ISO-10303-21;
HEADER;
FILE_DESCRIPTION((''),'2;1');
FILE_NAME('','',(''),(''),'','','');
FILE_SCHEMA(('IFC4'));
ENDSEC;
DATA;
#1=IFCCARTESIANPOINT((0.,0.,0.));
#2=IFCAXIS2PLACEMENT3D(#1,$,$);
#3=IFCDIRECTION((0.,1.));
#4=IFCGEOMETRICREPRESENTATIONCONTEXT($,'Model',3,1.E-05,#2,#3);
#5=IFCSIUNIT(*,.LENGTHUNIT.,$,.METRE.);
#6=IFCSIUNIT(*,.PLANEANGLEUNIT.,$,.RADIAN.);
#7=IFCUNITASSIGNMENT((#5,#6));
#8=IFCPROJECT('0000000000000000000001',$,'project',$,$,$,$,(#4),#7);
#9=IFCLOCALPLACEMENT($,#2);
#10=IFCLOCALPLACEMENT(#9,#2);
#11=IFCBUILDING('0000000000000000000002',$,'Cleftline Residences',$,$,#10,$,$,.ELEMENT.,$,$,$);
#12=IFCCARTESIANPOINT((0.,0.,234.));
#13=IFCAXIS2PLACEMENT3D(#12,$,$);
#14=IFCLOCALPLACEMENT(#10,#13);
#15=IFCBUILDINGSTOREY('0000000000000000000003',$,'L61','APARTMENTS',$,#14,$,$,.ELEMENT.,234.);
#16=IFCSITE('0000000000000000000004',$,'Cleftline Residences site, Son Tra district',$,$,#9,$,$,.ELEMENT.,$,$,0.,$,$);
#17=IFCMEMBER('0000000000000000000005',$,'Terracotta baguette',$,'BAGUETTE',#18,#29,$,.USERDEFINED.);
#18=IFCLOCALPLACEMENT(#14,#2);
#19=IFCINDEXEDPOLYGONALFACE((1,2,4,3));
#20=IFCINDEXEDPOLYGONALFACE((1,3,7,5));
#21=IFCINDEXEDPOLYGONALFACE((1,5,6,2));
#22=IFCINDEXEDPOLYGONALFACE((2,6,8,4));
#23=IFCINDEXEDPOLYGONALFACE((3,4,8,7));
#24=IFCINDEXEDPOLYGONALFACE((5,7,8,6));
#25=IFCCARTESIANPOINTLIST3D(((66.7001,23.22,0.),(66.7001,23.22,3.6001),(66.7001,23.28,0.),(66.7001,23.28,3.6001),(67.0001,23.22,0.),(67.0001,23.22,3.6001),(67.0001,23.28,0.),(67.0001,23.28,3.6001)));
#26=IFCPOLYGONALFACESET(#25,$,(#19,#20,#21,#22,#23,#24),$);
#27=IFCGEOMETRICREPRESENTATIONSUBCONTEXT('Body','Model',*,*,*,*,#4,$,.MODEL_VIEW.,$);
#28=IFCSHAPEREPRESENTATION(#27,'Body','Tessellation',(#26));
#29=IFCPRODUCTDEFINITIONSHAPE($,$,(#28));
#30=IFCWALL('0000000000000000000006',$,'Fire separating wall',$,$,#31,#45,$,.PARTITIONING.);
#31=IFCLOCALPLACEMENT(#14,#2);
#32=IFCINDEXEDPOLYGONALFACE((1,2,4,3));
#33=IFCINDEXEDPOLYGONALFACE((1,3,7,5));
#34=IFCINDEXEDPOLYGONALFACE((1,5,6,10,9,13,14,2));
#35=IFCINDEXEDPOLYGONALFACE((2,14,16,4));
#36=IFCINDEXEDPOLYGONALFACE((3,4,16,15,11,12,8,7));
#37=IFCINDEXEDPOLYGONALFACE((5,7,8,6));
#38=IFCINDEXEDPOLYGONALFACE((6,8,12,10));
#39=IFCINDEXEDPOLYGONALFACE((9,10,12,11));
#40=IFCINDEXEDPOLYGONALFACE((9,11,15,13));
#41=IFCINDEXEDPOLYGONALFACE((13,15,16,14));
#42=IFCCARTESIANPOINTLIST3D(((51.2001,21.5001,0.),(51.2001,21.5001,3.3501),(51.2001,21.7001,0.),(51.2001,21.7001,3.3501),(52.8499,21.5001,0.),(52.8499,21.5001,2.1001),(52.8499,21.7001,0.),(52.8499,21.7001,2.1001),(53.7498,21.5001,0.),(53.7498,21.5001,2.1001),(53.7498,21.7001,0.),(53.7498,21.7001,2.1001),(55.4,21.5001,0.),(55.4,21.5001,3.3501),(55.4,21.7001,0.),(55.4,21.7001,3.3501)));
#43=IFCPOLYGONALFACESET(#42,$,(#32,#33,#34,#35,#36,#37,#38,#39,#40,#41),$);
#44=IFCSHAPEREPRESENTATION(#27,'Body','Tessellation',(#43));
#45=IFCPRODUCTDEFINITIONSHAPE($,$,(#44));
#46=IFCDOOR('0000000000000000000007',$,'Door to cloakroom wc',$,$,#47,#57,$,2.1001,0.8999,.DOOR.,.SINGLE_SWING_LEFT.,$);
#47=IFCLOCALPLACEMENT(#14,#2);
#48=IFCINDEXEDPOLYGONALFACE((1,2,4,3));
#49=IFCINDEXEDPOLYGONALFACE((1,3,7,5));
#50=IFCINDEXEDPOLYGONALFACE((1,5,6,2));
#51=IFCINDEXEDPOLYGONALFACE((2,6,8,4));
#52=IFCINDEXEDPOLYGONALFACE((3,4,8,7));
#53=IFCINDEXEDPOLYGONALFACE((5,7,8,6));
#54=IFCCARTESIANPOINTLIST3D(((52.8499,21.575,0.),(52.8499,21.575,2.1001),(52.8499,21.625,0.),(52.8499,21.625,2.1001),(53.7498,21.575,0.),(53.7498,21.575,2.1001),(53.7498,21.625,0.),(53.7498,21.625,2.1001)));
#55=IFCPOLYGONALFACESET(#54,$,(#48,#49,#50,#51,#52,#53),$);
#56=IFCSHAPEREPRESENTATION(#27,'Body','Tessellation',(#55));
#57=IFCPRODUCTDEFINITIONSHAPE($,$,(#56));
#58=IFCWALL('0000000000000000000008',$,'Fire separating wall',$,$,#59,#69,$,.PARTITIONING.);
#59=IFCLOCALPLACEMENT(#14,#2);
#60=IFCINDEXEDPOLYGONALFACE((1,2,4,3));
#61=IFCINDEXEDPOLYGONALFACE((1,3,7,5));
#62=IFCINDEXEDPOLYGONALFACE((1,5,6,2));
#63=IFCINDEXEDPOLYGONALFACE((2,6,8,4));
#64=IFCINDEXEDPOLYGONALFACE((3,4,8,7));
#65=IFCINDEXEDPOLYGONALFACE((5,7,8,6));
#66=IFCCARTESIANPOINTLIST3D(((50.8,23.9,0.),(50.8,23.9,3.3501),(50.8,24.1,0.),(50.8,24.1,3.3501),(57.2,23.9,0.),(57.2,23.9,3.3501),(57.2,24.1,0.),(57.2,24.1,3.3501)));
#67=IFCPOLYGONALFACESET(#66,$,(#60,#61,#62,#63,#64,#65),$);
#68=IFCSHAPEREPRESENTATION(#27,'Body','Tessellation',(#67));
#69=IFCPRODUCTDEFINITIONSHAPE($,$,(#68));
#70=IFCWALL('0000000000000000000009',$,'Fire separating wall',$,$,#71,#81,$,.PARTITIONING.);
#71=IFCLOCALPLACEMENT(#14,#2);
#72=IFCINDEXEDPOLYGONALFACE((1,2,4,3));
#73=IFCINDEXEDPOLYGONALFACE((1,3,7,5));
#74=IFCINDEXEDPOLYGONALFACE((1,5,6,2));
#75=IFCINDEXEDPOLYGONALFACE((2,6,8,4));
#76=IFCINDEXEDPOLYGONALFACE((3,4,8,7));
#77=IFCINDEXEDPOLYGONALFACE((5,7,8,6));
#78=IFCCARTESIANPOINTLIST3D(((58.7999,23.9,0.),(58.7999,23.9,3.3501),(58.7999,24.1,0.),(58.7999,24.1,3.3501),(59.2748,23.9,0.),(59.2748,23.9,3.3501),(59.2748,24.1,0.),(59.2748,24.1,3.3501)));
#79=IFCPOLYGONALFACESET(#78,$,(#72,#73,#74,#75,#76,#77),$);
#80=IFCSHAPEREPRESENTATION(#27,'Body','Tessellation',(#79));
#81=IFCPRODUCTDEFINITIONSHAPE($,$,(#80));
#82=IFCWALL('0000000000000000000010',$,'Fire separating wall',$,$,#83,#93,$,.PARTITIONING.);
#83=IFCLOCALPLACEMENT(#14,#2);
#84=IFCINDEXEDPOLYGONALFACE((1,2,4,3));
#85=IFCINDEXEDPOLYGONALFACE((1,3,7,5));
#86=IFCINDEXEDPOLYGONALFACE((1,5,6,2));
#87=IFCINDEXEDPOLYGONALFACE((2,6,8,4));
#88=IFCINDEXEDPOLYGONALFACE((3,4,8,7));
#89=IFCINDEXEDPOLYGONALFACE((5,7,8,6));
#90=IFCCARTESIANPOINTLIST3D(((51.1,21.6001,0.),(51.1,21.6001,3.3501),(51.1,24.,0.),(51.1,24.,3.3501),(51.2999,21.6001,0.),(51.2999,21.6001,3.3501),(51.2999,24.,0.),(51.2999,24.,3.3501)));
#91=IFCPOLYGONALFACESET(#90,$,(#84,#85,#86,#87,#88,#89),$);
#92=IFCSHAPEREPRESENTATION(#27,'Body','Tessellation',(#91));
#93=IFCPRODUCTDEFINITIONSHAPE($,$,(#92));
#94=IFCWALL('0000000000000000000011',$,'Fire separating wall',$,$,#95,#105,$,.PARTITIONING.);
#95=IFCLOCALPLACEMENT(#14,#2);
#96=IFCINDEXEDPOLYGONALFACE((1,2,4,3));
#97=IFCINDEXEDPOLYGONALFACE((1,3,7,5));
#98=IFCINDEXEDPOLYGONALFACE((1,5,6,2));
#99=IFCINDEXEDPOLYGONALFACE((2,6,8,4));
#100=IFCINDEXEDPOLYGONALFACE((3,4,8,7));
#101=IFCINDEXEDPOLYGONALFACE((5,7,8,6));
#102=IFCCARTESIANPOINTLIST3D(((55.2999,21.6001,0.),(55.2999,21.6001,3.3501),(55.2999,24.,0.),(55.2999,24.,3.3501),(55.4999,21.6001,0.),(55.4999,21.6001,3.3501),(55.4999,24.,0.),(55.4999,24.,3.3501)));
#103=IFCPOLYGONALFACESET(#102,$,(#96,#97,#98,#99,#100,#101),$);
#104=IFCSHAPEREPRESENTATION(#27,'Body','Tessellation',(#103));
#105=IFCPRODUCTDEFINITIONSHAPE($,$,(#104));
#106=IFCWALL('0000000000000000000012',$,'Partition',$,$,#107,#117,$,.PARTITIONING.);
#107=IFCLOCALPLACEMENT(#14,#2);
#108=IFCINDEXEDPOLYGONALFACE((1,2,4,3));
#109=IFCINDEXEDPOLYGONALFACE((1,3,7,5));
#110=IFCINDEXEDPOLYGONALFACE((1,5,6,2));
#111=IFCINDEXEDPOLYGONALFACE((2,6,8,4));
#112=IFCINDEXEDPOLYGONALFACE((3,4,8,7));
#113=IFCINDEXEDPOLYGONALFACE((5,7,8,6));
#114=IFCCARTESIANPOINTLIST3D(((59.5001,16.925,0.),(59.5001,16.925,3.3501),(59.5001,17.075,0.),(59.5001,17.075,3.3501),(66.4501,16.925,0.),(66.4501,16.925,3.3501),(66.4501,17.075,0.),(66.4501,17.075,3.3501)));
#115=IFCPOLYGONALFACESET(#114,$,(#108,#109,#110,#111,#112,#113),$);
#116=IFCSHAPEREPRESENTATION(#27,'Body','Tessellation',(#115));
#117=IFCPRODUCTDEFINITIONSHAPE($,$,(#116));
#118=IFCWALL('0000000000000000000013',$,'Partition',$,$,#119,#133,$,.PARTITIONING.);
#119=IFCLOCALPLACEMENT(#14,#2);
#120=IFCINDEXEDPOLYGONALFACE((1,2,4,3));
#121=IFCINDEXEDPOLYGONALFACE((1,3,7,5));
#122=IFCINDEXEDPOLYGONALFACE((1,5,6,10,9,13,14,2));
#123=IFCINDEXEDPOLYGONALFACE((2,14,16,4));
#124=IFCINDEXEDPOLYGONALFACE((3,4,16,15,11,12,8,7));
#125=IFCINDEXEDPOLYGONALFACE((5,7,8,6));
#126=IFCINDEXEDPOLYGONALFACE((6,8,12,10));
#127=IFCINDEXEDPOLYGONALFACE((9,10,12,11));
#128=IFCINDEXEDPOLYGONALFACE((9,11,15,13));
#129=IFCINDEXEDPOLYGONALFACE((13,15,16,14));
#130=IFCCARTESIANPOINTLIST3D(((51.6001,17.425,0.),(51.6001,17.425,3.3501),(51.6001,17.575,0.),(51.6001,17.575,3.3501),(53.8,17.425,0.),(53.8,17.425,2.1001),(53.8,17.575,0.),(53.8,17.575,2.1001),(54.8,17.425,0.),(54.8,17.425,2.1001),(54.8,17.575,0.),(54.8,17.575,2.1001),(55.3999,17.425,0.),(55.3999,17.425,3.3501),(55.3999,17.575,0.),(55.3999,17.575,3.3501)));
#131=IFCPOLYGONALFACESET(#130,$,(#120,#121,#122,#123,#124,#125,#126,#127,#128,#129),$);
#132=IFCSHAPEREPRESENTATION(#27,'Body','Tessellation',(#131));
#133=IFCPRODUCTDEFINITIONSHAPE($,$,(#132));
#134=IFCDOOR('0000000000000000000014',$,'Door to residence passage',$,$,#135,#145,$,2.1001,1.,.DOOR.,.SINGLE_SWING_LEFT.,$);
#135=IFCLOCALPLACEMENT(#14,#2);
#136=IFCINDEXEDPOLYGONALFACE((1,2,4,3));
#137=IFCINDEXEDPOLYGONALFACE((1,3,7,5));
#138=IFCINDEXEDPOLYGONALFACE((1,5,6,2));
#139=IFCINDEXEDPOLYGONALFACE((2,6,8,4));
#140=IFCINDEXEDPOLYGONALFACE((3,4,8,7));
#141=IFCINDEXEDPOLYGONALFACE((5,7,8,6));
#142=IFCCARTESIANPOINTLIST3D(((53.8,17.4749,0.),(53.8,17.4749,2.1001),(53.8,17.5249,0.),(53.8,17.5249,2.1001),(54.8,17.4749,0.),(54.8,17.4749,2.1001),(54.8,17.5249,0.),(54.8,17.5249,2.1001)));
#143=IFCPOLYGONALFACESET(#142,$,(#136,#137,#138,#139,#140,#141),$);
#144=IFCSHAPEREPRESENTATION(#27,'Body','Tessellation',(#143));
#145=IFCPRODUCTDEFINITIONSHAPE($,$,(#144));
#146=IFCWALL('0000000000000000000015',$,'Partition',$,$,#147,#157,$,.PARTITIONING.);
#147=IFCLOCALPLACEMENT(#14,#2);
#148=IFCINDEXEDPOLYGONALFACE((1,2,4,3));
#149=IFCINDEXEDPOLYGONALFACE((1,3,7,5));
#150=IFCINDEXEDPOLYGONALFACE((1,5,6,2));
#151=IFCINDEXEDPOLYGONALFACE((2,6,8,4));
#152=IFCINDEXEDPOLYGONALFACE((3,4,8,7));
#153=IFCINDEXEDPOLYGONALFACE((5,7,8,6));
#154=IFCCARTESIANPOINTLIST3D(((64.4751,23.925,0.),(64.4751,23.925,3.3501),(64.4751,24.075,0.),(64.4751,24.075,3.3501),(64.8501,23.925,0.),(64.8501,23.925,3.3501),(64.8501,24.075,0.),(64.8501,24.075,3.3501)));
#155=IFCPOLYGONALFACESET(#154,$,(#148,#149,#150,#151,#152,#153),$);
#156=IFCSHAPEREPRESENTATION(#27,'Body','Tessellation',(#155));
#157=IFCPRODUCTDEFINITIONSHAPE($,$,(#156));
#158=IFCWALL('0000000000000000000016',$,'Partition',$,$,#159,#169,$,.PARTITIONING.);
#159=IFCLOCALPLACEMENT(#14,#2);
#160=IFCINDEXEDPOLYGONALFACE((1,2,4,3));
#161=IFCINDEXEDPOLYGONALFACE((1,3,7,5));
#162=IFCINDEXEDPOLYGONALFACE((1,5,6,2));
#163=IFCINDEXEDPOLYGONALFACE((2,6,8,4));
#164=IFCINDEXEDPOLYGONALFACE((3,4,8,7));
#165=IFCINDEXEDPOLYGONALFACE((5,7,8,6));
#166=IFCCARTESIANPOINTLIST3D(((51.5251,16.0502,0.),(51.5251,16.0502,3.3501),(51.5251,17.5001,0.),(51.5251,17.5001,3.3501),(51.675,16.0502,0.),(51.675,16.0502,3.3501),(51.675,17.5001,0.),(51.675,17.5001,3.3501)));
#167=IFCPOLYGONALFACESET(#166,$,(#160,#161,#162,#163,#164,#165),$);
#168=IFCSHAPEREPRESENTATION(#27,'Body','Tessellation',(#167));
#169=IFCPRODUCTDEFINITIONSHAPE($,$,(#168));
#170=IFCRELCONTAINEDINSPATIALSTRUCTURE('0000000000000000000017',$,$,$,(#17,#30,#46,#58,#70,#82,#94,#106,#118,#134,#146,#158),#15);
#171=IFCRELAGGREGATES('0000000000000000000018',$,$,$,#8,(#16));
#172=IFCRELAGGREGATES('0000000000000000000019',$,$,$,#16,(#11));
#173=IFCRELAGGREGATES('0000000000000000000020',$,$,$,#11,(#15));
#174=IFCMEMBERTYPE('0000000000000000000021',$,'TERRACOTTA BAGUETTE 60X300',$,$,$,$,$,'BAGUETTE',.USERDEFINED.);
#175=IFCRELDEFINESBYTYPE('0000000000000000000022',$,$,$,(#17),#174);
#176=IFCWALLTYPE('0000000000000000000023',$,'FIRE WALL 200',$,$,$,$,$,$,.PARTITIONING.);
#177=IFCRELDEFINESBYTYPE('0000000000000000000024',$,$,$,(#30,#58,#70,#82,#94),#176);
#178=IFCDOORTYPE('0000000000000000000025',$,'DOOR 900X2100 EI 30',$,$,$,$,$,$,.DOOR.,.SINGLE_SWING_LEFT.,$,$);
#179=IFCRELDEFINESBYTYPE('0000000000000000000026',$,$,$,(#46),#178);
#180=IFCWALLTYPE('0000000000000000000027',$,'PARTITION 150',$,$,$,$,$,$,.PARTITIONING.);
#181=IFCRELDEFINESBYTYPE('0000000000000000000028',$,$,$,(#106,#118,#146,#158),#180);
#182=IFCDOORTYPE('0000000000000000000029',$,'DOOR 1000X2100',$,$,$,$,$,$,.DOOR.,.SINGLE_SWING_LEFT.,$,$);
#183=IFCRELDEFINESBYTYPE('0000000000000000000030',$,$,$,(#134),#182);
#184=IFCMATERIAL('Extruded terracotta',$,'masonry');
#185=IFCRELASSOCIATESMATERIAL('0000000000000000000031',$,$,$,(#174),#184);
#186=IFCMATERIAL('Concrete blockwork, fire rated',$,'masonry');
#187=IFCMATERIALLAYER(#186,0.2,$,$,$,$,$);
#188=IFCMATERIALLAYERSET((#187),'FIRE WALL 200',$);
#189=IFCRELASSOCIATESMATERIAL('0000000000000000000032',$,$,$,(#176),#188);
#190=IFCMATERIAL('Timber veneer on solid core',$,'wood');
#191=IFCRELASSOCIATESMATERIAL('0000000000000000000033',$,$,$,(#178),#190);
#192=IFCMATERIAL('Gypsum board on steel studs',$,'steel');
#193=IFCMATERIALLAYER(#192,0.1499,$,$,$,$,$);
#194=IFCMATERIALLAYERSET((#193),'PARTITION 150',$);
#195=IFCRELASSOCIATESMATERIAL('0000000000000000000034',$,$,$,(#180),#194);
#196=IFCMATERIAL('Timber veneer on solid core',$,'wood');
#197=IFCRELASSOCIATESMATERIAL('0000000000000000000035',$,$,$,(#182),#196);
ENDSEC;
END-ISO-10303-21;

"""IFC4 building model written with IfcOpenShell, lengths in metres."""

from ifc_helpers import new_model, si_unit, direction, frame, frame_2d, origin, origin_2d, place, context, subcontext, project, spatial, rectangle, extrude, material, layer, layer_set, material_profile, profile_set, type_object, element, fill, save


model = new_model("IFC4")

# Units and contexts
model_context = context("Model", 3, precision=1e-05, world=origin(), true_north=direction((0.0, 1.0)))
body_context = subcontext(model_context, "Body", "Model", "MODEL_VIEW")
ifc_project = project(units=[si_unit("LENGTHUNIT", "METRE"), si_unit("PLANEANGLEUNIT", "RADIAN")], contexts=[model_context])

# Site, building, storey
site_placement = place(None, origin())
site = spatial("IfcSite", under=ifc_project, at=site_placement, Name="Cleftline Residences site, Son Tra district", CompositionType="ELEMENT", RefElevation=0.0)
building_placement = place(site_placement, origin())
building = spatial("IfcBuilding", under=site, at=building_placement, Name="Cleftline Residences", CompositionType="ELEMENT")
storey_placement = place(building_placement, frame((0.0, 0.0, 234.0)))
storey = spatial("IfcBuildingStorey", under=building, at=storey_placement, Name="L61", Description="APARTMENTS", CompositionType="ELEMENT", Elevation=234.0)

# Member
ifc_material_1 = material(Name="Extruded terracotta", Category="masonry")
ifc_material_profile_1 = material_profile(ifc_material_1, rectangle(XDim=0.0601, YDim=0.3, at=origin_2d()))
ifc_profile_set_1 = profile_set([ifc_material_profile_1], Name="Extruded terracotta")
member_type_1 = type_object("IfcMemberType", Name="TERRACOTTA BAGUETTE 60X300", ElementType="BAGUETTE", PredefinedType="USERDEFINED", material=ifc_profile_set_1)
for number, where, z_axis, x_axis, name in (
    (1, (66.8501, 23.25, 0.0), (0.0, 0.0, 1.0), (0.0, 1.0, 0.0), "Terracotta baguette"),
):
    element("IfcMember", number, at=place(storey_placement, frame(where, z_axis=z_axis, x_axis=x_axis)), inside=storey, type_object=member_type_1, Name=name, ObjectType="BAGUETTE", PredefinedType="USERDEFINED", context=body_context, shape_type="SweptSolid", body=[
        extrude(rectangle(XDim=0.0601, YDim=0.3, at=origin_2d()), origin(), (0.0, 0.0, 1.0), 3.6001),
    ])

# Wall, opening, door
ifc_material_2 = material(Name="Concrete blockwork, fire rated", Category="masonry")
ifc_layer_1 = layer(ifc_material_2, 0.2)
ifc_layer_set_1 = layer_set([ifc_layer_1], Name="FIRE WALL 200")
wall_type_1 = type_object("IfcWallType", Name="FIRE WALL 200", PredefinedType="PARTITIONING", material=ifc_layer_set_1)
wall_1_placement = place(storey_placement, frame((51.2, 21.6001, 0.0), z_axis=(0.0, 0.0, 1.0), x_axis=(1.0, 0.0, 0.0)))
wall_1 = element("IfcWall", 2, at=wall_1_placement, inside=storey, type_object=wall_type_1, Name="Fire separating wall", PredefinedType="PARTITIONING", context=body_context, shape_type="SweptSolid", body=[
    extrude(rectangle(XDim=4.2, YDim=0.2, at=frame_2d((2.1001, 0.0))), origin(), (0.0, 0.0, 1.0), 3.3501),
])
opening_1_placement = place(wall_1_placement, frame((1.6499, 0.0, 0.0)))
opening_1 = element("IfcOpeningElement", 3, at=opening_1_placement, cuts=wall_1, PredefinedType="OPENING", context=body_context, shape_type="SweptSolid", body=[
    extrude(rectangle(XDim=0.8999, YDim=2.1001, at=frame_2d((0.45, 1.05))), frame((0.0, 0.1099, 0.0), z_axis=(0.0, -1.0, 0.0), x_axis=(1.0, 0.0, 0.0)), (0.0, 0.0, 1.0), 0.22),
])
ifc_material_3 = material(Name="Timber veneer on solid core", Category="wood")
door_type_1 = type_object("IfcDoorType", Name="DOOR 900X2100 EI 30", OperationType="SINGLE_SWING_LEFT", PredefinedType="DOOR", material=ifc_material_3)
door_1_placement = place(opening_1_placement, origin())
door_1 = element("IfcDoor", 4, at=door_1_placement, inside=storey, type_object=door_type_1, Name="Door to cloakroom wc", OperationType="SINGLE_SWING_LEFT", OverallHeight=2.1001, OverallWidth=0.8999, PredefinedType="DOOR", context=body_context, shape_type="SweptSolid", body=[
    extrude(rectangle(XDim=0.8999, YDim=2.1001, at=frame_2d((0.45, 1.05))), frame((0.0, 0.0249, 0.0), z_axis=(0.0, -1.0, 0.0), x_axis=(1.0, 0.0, 0.0)), (0.0, 0.0, 1.0), 0.05),
])
fill(opening_1, door_1)

# Walls
wall_2_placement = place(storey_placement, frame((50.8, 24.0, 0.0), z_axis=(0.0, 0.0, 1.0), x_axis=(1.0, 0.0, 0.0)))
element("IfcWall", 5, at=wall_2_placement, inside=storey, type_object=wall_type_1, Name="Fire separating wall", PredefinedType="PARTITIONING", context=body_context, shape_type="SweptSolid", body=[
    extrude(rectangle(XDim=6.3999, YDim=0.2, at=frame_2d((3.2, 0.0))), origin(), (0.0, 0.0, 1.0), 3.3501),
])
wall_3_placement = place(storey_placement, frame((58.8, 24.0, 0.0), z_axis=(0.0, 0.0, 1.0), x_axis=(1.0, 0.0, 0.0)))
element("IfcWall", 6, at=wall_3_placement, inside=storey, type_object=wall_type_1, Name="Fire separating wall", PredefinedType="PARTITIONING", context=body_context, shape_type="SweptSolid", body=[
    extrude(rectangle(XDim=0.4749, YDim=0.2, at=frame_2d((0.2373, 0.0))), origin(), (0.0, 0.0, 1.0), 3.3501),
])
for number, where, z_axis, x_axis, name in (
    (7, (51.2, 21.6001, 0.0), (0.0, 0.0, 1.0), (0.0, 1.0, 0.0), "Fire separating wall"),
    (8, (55.3999, 21.6001, 0.0), (0.0, 0.0, 1.0), (0.0, 1.0, 0.0), "Fire separating wall"),
):
    element("IfcWall", number, at=place(storey_placement, frame(where, z_axis=z_axis, x_axis=x_axis)), inside=storey, type_object=wall_type_1, Name=name, PredefinedType="PARTITIONING", context=body_context, shape_type="SweptSolid", body=[
        extrude(rectangle(XDim=2.3999, YDim=0.2, at=frame_2d((1.2, 0.0))), origin(), (0.0, 0.0, 1.0), 3.3501),
    ])
ifc_material_4 = material(Name="Gypsum board on steel studs", Category="steel")
ifc_layer_2 = layer(ifc_material_4, 0.1499)
ifc_layer_set_2 = layer_set([ifc_layer_2], Name="PARTITION 150")
wall_type_2 = type_object("IfcWallType", Name="PARTITION 150", PredefinedType="PARTITIONING", material=ifc_layer_set_2)
wall_4_placement = place(storey_placement, frame((59.5, 17.0, 0.0), z_axis=(0.0, 0.0, 1.0), x_axis=(1.0, 0.0, 0.0)))
element("IfcWall", 9, at=wall_4_placement, inside=storey, type_object=wall_type_2, Name="Partition", PredefinedType="PARTITIONING", context=body_context, shape_type="SweptSolid", body=[
    extrude(rectangle(XDim=6.95, YDim=0.1499, at=frame_2d((3.4751, 0.0))), origin(), (0.0, 0.0, 1.0), 3.3501),
])

# Wall, opening, door
wall_5_placement = place(storey_placement, frame((51.6001, 17.5, 0.0), z_axis=(0.0, 0.0, 1.0), x_axis=(1.0, 0.0, 0.0)))
wall_5 = element("IfcWall", 10, at=wall_5_placement, inside=storey, type_object=wall_type_2, Name="Partition", PredefinedType="PARTITIONING", context=body_context, shape_type="SweptSolid", body=[
    extrude(rectangle(XDim=3.7998, YDim=0.1499, at=frame_2d((1.8999, 0.0))), origin(), (0.0, 0.0, 1.0), 3.3501),
])
opening_2_placement = place(wall_5_placement, frame((2.2, 0.0, 0.0)))
opening_2 = element("IfcOpeningElement", 11, at=opening_2_placement, cuts=wall_5, PredefinedType="OPENING", context=body_context, shape_type="SweptSolid", body=[
    extrude(rectangle(XDim=1.0, YDim=2.1001, at=frame_2d((0.5, 1.05))), frame((0.0, 0.085, 0.0), z_axis=(0.0, -1.0, 0.0), x_axis=(1.0, 0.0, 0.0)), (0.0, 0.0, 1.0), 0.1699),
])
ifc_material_5 = material(Name="Timber veneer on solid core", Category="wood")
door_type_2 = type_object("IfcDoorType", Name="DOOR 1000X2100", OperationType="SINGLE_SWING_LEFT", PredefinedType="DOOR", material=ifc_material_5)
door_2_placement = place(opening_2_placement, origin())
door_2 = element("IfcDoor", 12, at=door_2_placement, inside=storey, type_object=door_type_2, Name="Door to residence passage", OperationType="SINGLE_SWING_LEFT", OverallHeight=2.1001, OverallWidth=1.0, PredefinedType="DOOR", context=body_context, shape_type="SweptSolid", body=[
    extrude(rectangle(XDim=1.0, YDim=2.1001, at=frame_2d((0.5, 1.05))), frame((0.0, 0.0249, 0.0), z_axis=(0.0, -1.0, 0.0), x_axis=(1.0, 0.0, 0.0)), (0.0, 0.0, 1.0), 0.05),
])
fill(opening_2, door_2)

# Walls
wall_6_placement = place(storey_placement, frame((64.4751, 24.0, 0.0), z_axis=(0.0, 0.0, 1.0), x_axis=(1.0, 0.0, 0.0)))
element("IfcWall", 13, at=wall_6_placement, inside=storey, type_object=wall_type_2, Name="Partition", PredefinedType="PARTITIONING", context=body_context, shape_type="SweptSolid", body=[
    extrude(rectangle(XDim=0.375, YDim=0.1499, at=frame_2d((0.1875, 0.0))), origin(), (0.0, 0.0, 1.0), 3.3501),
])
wall_7_placement = place(storey_placement, frame((51.6001, 16.05, 0.0), z_axis=(0.0, 0.0, 1.0), x_axis=(0.0, 1.0, 0.0)))
element("IfcWall", 14, at=wall_7_placement, inside=storey, type_object=wall_type_2, Name="Partition", PredefinedType="PARTITIONING", context=body_context, shape_type="SweptSolid", body=[
    extrude(rectangle(XDim=1.45, YDim=0.1499, at=frame_2d((0.7251, 0.0))), origin(), (0.0, 0.0, 1.0), 3.3501),
])

save(model, "model.ifc")
